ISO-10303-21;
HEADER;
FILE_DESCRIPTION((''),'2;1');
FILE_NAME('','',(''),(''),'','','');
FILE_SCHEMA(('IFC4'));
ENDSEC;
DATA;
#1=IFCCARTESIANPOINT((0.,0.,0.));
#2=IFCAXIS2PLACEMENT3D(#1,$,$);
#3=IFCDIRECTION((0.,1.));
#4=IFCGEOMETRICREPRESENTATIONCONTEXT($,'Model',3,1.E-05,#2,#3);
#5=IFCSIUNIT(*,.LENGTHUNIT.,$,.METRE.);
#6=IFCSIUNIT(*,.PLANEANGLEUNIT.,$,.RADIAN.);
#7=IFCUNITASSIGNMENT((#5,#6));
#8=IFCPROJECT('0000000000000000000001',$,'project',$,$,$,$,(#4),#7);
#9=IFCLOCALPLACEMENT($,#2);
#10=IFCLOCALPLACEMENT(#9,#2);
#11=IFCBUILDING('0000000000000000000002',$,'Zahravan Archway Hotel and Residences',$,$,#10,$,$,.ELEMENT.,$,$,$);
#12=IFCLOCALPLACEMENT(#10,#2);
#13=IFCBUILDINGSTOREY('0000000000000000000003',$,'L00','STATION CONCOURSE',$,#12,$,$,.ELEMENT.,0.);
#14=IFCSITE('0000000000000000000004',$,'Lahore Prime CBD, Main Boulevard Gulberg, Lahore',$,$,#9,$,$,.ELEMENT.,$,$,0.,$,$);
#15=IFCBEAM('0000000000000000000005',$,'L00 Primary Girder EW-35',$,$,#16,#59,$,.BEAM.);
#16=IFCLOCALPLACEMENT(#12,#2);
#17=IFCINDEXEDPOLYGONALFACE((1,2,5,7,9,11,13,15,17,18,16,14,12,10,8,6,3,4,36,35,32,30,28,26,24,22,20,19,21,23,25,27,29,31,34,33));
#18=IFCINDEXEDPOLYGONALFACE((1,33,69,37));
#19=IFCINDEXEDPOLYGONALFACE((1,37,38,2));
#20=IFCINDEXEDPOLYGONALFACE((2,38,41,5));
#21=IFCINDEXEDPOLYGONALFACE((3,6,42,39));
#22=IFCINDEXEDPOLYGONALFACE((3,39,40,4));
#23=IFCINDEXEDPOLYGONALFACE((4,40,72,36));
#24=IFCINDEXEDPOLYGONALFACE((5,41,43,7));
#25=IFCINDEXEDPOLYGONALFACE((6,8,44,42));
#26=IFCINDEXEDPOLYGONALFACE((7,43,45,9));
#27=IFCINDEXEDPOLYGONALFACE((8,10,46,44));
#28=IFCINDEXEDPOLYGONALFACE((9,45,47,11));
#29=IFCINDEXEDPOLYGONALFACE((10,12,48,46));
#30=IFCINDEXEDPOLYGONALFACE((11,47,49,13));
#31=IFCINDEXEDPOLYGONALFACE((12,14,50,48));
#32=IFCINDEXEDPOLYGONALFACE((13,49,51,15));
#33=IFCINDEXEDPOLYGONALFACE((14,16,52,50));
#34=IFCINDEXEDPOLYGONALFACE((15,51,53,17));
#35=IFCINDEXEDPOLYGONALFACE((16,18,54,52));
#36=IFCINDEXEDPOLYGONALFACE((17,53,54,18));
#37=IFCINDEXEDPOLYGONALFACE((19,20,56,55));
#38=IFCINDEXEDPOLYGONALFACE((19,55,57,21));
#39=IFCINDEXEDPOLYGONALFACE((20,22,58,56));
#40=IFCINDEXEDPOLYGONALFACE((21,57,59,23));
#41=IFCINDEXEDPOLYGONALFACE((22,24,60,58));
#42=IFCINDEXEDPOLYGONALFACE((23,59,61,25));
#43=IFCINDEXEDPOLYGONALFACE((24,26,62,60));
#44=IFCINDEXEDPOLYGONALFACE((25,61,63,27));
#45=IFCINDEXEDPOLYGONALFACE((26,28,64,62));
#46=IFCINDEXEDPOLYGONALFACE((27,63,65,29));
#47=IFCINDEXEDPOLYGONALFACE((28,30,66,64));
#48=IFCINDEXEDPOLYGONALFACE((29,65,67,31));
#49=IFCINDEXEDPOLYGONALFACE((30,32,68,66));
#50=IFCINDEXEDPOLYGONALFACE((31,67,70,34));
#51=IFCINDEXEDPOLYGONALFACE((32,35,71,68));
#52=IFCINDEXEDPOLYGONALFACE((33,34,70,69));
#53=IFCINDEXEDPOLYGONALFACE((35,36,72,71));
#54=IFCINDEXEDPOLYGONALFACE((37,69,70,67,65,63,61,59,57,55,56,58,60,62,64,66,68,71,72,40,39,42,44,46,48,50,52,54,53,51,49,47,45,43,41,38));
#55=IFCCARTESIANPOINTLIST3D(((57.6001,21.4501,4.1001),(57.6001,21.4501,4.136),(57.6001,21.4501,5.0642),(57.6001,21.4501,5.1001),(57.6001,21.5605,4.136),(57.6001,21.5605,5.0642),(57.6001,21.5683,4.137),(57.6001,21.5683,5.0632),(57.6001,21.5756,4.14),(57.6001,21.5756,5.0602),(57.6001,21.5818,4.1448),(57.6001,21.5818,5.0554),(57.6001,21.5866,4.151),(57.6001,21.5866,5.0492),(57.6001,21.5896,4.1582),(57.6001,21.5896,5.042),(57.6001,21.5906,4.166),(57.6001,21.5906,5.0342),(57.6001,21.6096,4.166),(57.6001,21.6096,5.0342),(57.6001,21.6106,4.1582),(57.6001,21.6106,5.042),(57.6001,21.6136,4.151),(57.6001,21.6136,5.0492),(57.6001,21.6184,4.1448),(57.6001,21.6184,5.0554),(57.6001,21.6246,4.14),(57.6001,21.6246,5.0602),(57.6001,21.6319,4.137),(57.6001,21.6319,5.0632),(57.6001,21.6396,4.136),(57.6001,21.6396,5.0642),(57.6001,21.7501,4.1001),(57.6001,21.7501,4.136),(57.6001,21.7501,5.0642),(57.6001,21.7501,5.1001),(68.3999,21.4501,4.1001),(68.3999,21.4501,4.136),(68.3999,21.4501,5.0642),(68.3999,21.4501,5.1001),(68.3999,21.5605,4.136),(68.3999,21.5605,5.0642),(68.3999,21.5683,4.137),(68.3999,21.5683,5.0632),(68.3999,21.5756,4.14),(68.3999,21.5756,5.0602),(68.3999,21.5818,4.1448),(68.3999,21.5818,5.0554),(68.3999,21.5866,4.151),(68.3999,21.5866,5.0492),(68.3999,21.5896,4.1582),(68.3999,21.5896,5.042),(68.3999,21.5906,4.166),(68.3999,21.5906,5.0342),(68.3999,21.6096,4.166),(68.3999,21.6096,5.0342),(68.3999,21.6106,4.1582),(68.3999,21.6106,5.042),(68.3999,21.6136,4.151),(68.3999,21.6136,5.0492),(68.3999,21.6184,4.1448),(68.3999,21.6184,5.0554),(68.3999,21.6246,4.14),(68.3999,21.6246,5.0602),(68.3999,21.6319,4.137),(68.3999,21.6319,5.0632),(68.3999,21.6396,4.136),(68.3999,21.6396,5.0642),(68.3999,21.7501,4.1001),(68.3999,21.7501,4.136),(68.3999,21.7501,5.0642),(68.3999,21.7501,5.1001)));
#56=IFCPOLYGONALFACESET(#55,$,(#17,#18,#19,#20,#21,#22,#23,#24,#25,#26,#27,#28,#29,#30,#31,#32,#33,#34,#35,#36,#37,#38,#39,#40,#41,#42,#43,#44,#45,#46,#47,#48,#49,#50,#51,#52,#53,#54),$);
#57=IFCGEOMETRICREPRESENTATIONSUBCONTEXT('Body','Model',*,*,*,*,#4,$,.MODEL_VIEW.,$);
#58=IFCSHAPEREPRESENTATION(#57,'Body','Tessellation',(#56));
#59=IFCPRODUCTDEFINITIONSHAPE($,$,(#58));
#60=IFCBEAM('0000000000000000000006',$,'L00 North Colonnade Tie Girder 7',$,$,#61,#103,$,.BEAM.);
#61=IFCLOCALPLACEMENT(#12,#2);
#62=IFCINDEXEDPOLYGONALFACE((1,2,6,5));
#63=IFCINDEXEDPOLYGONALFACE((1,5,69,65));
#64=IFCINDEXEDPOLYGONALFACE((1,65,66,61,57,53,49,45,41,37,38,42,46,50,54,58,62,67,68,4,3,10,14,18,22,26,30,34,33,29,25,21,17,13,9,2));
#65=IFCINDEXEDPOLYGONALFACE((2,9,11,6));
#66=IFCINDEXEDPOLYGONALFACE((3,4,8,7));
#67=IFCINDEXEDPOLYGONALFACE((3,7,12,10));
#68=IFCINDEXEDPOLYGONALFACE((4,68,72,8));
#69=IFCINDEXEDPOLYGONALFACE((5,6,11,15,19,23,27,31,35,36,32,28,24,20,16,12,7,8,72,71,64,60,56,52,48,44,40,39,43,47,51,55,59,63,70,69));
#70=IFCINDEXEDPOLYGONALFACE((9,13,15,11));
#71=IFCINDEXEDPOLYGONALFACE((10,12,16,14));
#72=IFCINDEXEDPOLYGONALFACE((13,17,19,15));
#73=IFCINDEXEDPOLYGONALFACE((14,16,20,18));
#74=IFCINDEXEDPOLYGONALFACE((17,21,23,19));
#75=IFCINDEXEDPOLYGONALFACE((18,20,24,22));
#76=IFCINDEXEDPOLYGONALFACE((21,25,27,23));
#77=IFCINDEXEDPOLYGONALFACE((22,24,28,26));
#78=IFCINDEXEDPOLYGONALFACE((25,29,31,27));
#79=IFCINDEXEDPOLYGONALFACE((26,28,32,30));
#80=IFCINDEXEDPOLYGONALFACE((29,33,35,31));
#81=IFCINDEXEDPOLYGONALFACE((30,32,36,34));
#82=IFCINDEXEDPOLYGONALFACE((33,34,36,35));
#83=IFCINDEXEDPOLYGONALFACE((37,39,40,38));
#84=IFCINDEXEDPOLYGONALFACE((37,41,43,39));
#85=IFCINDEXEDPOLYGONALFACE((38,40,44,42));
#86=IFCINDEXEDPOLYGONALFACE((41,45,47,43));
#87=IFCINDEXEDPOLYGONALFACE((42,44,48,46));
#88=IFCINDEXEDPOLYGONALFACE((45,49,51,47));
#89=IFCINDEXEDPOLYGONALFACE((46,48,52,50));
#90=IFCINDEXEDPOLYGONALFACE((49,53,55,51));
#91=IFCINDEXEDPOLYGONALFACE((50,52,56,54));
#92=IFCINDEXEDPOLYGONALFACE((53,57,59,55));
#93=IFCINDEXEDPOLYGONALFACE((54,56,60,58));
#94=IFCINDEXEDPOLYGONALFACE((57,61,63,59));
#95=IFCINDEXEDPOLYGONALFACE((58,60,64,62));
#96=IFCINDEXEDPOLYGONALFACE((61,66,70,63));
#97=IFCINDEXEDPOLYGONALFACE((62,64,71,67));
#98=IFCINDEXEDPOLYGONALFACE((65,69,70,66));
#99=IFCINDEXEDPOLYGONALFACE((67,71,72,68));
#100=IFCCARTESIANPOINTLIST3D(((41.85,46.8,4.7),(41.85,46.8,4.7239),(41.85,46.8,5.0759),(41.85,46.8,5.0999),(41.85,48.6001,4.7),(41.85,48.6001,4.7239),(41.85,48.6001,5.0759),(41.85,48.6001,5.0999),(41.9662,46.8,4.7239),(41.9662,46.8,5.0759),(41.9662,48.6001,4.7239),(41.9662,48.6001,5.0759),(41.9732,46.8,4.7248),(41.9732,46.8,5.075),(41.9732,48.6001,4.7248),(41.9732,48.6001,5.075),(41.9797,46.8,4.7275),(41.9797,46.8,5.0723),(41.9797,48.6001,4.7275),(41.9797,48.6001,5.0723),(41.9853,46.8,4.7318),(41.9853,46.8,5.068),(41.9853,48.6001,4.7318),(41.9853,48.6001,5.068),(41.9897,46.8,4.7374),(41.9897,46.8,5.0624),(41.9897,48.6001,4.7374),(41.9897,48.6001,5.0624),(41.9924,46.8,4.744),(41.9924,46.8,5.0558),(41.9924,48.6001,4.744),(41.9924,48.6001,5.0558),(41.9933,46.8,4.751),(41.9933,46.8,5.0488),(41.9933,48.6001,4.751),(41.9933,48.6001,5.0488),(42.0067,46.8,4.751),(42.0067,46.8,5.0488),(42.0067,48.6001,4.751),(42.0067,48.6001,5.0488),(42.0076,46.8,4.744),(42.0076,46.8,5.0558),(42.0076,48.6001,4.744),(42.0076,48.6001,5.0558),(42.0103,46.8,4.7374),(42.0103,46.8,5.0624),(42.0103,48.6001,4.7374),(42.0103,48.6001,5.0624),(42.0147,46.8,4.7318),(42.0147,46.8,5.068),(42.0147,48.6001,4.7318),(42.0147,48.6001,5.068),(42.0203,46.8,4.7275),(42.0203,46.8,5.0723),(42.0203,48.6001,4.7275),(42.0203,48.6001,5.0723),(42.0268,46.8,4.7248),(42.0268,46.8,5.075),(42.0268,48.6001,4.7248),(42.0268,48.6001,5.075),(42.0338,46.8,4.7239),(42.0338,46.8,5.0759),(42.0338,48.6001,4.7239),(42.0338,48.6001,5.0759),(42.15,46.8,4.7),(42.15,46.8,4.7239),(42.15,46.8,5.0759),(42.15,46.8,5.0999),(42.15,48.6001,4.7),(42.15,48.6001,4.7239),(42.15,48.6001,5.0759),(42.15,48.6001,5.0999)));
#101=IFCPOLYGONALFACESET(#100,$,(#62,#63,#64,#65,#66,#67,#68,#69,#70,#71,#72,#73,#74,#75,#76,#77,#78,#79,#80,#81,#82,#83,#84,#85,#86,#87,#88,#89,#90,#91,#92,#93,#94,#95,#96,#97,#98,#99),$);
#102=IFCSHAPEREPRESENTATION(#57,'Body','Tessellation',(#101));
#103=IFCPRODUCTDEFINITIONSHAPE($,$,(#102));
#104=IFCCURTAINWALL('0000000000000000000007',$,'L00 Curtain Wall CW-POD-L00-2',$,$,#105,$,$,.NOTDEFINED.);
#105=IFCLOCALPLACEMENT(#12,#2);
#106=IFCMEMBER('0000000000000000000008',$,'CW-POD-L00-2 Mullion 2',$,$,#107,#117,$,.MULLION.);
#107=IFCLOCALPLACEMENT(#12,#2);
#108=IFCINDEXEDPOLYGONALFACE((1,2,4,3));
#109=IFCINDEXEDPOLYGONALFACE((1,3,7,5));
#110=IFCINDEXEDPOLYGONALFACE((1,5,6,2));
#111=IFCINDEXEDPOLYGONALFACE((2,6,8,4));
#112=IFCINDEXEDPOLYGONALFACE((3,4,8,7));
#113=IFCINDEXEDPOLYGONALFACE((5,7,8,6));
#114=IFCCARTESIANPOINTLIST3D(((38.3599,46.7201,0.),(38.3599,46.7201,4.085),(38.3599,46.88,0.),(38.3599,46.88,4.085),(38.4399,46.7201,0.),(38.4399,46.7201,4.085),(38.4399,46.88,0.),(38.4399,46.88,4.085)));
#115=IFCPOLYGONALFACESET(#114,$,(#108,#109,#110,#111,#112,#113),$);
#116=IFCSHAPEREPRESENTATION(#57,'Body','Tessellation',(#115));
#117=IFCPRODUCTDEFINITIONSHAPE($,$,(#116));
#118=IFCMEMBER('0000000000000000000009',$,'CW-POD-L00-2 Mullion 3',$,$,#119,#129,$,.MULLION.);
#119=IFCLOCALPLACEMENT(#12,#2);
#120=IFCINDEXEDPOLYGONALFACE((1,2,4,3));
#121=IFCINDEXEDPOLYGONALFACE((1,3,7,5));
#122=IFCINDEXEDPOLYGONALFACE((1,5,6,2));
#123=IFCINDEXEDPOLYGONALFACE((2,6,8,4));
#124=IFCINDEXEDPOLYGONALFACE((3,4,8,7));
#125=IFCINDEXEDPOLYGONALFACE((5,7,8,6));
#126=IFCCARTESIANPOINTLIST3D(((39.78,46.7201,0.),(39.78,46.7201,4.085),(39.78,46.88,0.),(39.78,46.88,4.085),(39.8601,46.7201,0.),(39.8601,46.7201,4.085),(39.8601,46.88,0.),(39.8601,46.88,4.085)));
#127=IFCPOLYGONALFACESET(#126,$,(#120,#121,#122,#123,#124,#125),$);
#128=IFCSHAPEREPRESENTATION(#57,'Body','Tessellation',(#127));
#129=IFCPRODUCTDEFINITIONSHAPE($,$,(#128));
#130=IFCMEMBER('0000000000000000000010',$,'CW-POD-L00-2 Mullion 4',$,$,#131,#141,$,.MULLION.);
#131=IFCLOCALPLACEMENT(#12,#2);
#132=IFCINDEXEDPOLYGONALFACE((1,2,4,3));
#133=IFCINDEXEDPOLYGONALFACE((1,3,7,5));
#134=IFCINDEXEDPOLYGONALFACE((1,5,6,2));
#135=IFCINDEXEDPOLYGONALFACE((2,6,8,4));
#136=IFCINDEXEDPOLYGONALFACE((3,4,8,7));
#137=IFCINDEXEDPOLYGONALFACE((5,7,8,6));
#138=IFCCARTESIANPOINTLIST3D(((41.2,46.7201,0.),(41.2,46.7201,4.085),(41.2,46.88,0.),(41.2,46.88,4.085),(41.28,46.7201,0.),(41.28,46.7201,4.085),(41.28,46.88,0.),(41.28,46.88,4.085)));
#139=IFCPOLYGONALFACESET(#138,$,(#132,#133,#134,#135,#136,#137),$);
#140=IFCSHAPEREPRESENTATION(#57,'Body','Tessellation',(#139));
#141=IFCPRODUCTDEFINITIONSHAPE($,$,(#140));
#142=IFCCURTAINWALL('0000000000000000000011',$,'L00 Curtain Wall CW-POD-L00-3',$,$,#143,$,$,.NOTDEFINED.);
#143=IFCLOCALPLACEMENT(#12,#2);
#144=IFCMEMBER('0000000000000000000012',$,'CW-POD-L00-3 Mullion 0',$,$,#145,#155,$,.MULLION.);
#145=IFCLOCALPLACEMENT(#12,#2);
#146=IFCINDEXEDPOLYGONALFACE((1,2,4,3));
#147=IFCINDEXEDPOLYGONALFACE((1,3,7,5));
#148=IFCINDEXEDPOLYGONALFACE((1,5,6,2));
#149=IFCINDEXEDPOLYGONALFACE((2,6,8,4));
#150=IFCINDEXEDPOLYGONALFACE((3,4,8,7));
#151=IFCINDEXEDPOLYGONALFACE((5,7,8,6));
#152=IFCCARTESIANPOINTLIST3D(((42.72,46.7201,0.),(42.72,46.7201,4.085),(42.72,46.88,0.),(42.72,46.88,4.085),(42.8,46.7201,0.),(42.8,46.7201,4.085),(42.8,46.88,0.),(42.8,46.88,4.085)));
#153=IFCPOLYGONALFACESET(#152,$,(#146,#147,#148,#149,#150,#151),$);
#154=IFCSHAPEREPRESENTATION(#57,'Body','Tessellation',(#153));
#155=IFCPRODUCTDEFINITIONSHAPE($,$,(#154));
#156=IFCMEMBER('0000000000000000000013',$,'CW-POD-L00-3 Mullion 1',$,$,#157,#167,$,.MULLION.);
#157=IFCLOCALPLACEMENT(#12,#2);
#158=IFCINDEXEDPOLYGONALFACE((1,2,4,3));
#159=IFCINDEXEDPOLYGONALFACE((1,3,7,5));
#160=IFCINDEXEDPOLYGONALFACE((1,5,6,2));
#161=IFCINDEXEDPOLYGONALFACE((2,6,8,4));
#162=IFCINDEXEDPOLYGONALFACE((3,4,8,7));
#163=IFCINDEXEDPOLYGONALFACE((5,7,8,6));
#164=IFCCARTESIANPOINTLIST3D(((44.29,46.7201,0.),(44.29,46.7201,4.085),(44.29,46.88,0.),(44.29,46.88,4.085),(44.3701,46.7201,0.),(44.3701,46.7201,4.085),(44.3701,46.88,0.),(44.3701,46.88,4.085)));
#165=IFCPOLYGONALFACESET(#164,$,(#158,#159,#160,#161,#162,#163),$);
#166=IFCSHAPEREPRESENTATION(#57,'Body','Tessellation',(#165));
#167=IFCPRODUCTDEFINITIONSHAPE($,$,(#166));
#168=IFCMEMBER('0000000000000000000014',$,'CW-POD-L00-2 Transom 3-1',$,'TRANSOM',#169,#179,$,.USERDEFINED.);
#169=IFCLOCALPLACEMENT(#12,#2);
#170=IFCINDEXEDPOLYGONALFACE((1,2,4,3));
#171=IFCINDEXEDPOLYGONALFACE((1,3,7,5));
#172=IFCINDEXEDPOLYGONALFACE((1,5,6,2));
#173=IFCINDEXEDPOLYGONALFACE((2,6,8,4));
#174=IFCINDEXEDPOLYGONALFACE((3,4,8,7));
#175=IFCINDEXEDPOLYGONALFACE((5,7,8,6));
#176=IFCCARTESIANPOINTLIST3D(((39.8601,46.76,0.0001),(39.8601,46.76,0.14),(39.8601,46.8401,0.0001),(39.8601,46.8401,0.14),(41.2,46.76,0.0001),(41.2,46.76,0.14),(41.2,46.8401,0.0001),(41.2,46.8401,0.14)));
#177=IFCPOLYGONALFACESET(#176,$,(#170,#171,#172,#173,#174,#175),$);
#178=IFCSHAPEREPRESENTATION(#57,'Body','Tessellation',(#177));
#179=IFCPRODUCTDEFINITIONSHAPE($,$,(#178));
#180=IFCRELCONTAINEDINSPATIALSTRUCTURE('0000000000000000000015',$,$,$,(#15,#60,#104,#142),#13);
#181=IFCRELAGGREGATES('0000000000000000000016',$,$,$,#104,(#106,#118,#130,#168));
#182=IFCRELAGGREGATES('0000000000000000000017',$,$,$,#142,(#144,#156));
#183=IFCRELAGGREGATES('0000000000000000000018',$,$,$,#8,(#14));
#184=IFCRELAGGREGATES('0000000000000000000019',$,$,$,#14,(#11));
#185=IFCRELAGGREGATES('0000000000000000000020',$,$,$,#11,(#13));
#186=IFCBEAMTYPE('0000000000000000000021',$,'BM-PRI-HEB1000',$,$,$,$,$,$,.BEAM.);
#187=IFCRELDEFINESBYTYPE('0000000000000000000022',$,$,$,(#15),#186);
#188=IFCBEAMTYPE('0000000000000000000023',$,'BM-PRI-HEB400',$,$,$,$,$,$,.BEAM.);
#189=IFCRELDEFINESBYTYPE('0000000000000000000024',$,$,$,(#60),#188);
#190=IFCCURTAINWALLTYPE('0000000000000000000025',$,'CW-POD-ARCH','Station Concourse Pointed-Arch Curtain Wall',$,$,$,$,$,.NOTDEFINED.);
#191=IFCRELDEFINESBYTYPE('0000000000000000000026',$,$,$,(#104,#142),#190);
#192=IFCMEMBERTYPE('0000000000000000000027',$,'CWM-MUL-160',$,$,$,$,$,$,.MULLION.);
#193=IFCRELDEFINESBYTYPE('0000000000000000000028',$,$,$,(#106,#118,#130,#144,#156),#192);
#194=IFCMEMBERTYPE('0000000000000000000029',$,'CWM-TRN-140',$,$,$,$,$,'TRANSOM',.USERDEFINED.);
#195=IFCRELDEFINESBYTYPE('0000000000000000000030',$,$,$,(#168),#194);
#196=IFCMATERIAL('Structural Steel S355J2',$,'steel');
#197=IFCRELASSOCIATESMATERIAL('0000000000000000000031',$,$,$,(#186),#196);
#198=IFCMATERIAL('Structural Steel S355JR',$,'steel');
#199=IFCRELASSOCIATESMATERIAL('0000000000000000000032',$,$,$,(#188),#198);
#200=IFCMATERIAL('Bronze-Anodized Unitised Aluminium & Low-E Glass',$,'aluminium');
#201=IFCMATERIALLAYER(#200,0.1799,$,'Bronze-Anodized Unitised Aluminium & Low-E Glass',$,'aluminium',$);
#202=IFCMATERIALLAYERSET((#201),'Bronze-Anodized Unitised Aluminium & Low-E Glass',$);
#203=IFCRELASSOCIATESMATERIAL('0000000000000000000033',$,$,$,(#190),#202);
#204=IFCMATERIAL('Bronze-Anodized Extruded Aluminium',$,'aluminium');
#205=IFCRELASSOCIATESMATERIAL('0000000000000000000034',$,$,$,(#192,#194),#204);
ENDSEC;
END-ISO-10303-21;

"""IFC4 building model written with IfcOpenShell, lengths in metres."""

from ifc_helpers import new_model, si_unit, direction, frame, origin, origin_2d, place, context, subcontext, project, spatial, rectangle, i_section, extrude, source, transform, mapped, material, layer, layer_set, material_profile, profile_set, type_object, type_shapes, element, aggregate, save


model = new_model("IFC4")

# Units and contexts
model_context = context("Model", 3, precision=1e-05, world=origin(), true_north=direction((0.0, 1.0)))
body_context = subcontext(model_context, "Body", "Model", "MODEL_VIEW")
ifc_project = project(units=[si_unit("LENGTHUNIT", "METRE"), si_unit("PLANEANGLEUNIT", "RADIAN")], contexts=[model_context])

# Site, building, storey
site_placement = place(None, origin())
site = spatial("IfcSite", under=ifc_project, at=site_placement, Name="Lahore Prime CBD, Main Boulevard Gulberg, Lahore", CompositionType="ELEMENT", RefElevation=0.0)
building_placement = place(site_placement, origin())
building = spatial("IfcBuilding", under=site, at=building_placement, Name="Zahravan Archway Hotel and Residences", CompositionType="ELEMENT")
storey_placement = place(building_placement, origin())
storey = spatial("IfcBuildingStorey", under=building, at=storey_placement, Name="L00", Description="STATION CONCOURSE", CompositionType="ELEMENT", Elevation=0.0)

# Beams
ifc_material_1 = material(Name="Structural Steel S355J2", Category="steel")
ifc_material_profile_1 = material_profile(ifc_material_1, i_section(OverallWidth=0.3, OverallDepth=1.0, WebThickness=0.019, FlangeThickness=0.0359, FilletRadius=0.03, at=origin_2d()), Name="HEB 1000", Category="steel")
ifc_profile_set_1 = profile_set([ifc_material_profile_1], Name="Structural Steel S355J2")
beam_type_1 = type_object("IfcBeamType", Name="BM-PRI-HEB1000", PredefinedType="BEAM", material=ifc_profile_set_1)
shared_shape_1 = source(origin(), body_context, "Body", "SweptSolid", [
    extrude(i_section(OverallWidth=0.3, OverallDepth=1.0, WebThickness=0.019, FlangeThickness=0.0359, FilletRadius=0.03, at=origin_2d()), origin(), (0.0, 0.0, 1.0), 10.7998),
])
beam_1_placement = place(storey_placement, frame((57.6001, 21.6001, 4.6001), z_axis=(1.0, 0.0, 0.0), x_axis=(0.0, 1.0, 0.0)))
element("IfcBeam", 1, at=beam_1_placement, inside=storey, type_object=beam_type_1, Name="L00 Primary Girder EW-35", PredefinedType="BEAM", context=body_context, shape_type="MappedRepresentation", body=[
    mapped(shared_shape_1, transform((0.0, 0.0, 0.0), scale=1.0)),
])
ifc_material_2 = material(Name="Structural Steel S355JR", Category="steel")
ifc_material_profile_2 = material_profile(ifc_material_2, i_section(OverallWidth=0.3, OverallDepth=0.3999, WebThickness=0.0134, FlangeThickness=0.0239, FilletRadius=0.0271, at=origin_2d()), Name="HEB 400", Category="steel")
ifc_profile_set_2 = profile_set([ifc_material_profile_2], Name="Structural Steel S355JR")
beam_type_2 = type_object("IfcBeamType", Name="BM-PRI-HEB400", PredefinedType="BEAM", material=ifc_profile_set_2)
shared_shape_2 = source(origin(), body_context, "Body", "SweptSolid", [
    extrude(i_section(OverallWidth=0.3, OverallDepth=0.3999, WebThickness=0.0134, FlangeThickness=0.0239, FilletRadius=0.0271, at=origin_2d()), origin(), (0.0, 0.0, 1.0), 1.8),
])
beam_2_placement = place(storey_placement, frame((42.0, 46.8, 4.8999), z_axis=(0.0, 1.0, 0.0), x_axis=(-1.0, 0.0, 0.0)))
element("IfcBeam", 2, at=beam_2_placement, inside=storey, type_object=beam_type_2, Name="L00 North Colonnade Tie Girder 7", PredefinedType="BEAM", context=body_context, shape_type="MappedRepresentation", body=[
    mapped(shared_shape_2, transform((0.0, 0.0, 0.0), scale=1.0)),
])

# Curtain walls, members
ifc_material_3 = material(Name="Bronze-Anodized Unitised Aluminium & Low-E Glass", Category="aluminium")
ifc_layer_1 = layer(ifc_material_3, 0.1799, Name="Bronze-Anodized Unitised Aluminium & Low-E Glass", Category="aluminium")
ifc_layer_set_1 = layer_set([ifc_layer_1], Name="Bronze-Anodized Unitised Aluminium & Low-E Glass")
curtain_wall_type = type_object("IfcCurtainWallType", Name="CW-POD-ARCH", Description="Station Concourse Pointed-Arch Curtain Wall", PredefinedType="NOTDEFINED", material=ifc_layer_set_1)
curtain_wall_1_placement = place(storey_placement, origin())
curtain_wall_1 = element("IfcCurtainWall", 3, at=curtain_wall_1_placement, inside=storey, type_object=curtain_wall_type, Name="L00 Curtain Wall CW-POD-L00-2", PredefinedType="NOTDEFINED")
ifc_material_4 = material(Name="Bronze-Anodized Extruded Aluminium", Category="aluminium")
ifc_material_profile_3 = material_profile(ifc_material_4, rectangle(XDim=0.0801, YDim=0.1599, at=origin_2d()), Name="MUL 80x160", Category="aluminium")
ifc_profile_set_3 = profile_set([ifc_material_profile_3], Name="Bronze-Anodized Extruded Aluminium")
member_type_1 = type_object("IfcMemberType", Name="CWM-MUL-160", PredefinedType="MULLION", material=ifc_profile_set_3)
shared_shape_3 = source(origin(), body_context, "Body", "SweptSolid", [
    extrude(rectangle(XDim=0.0801, YDim=0.1599, at=origin_2d()), origin(), (0.0, 0.0, 1.0), 4.085),
])
type_shapes(member_type_1, [shared_shape_3])
member_1_placement = place(storey_placement, frame((38.3999, 46.8, 0.0), z_axis=(0.0, 0.0, 1.0), x_axis=(1.0, 0.0, 0.0)))
member_1 = element("IfcMember", 4, at=member_1_placement, type_object=member_type_1, Name="CW-POD-L00-2 Mullion 2", PredefinedType="MULLION", context=body_context, shape_type="MappedRepresentation", body=[
    mapped(shared_shape_3, transform((0.0, 0.0, 0.0), scale=1.0)),
])
member_2_placement = place(storey_placement, frame((39.8201, 46.8, 0.0), z_axis=(0.0, 0.0, 1.0), x_axis=(1.0, 0.0, 0.0)))
member_2 = element("IfcMember", 5, at=member_2_placement, type_object=member_type_1, Name="CW-POD-L00-2 Mullion 3", PredefinedType="MULLION", context=body_context, shape_type="MappedRepresentation", body=[
    mapped(shared_shape_3, transform((0.0, 0.0, 0.0), scale=1.0)),
])
member_3_placement = place(storey_placement, frame((41.24, 46.8, 0.0), z_axis=(0.0, 0.0, 1.0), x_axis=(1.0, 0.0, 0.0)))
member_3 = element("IfcMember", 6, at=member_3_placement, type_object=member_type_1, Name="CW-POD-L00-2 Mullion 4", PredefinedType="MULLION", context=body_context, shape_type="MappedRepresentation", body=[
    mapped(shared_shape_3, transform((0.0, 0.0, 0.0), scale=1.0)),
])
curtain_wall_2_placement = place(storey_placement, origin())
curtain_wall_2 = element("IfcCurtainWall", 7, at=curtain_wall_2_placement, inside=storey, type_object=curtain_wall_type, Name="L00 Curtain Wall CW-POD-L00-3", PredefinedType="NOTDEFINED")
member_4_placement = place(storey_placement, frame((42.76, 46.8, 0.0), z_axis=(0.0, 0.0, 1.0), x_axis=(1.0, 0.0, 0.0)))
member_4 = element("IfcMember", 8, at=member_4_placement, type_object=member_type_1, Name="CW-POD-L00-3 Mullion 0", PredefinedType="MULLION", context=body_context, shape_type="MappedRepresentation", body=[
    mapped(shared_shape_3, transform((0.0, 0.0, 0.0), scale=1.0)),
])
member_5_placement = place(storey_placement, frame((44.3301, 46.8, 0.0), z_axis=(0.0, 0.0, 1.0), x_axis=(1.0, 0.0, 0.0)))
member_5 = element("IfcMember", 9, at=member_5_placement, type_object=member_type_1, Name="CW-POD-L00-3 Mullion 1", PredefinedType="MULLION", context=body_context, shape_type="MappedRepresentation", body=[
    mapped(shared_shape_3, transform((0.0, 0.0, 0.0), scale=1.0)),
])

# Member
ifc_material_profile_4 = material_profile(ifc_material_4, rectangle(XDim=0.0801, YDim=0.1399, at=origin_2d()), Name="TRN 80x140", Category="aluminium")
ifc_profile_set_4 = profile_set([ifc_material_profile_4], Name="Bronze-Anodized Extruded Aluminium")
member_type_2 = type_object("IfcMemberType", Name="CWM-TRN-140", ElementType="TRANSOM", PredefinedType="USERDEFINED", material=ifc_profile_set_4)
shared_shape_4 = source(origin(), body_context, "Body", "SweptSolid", [
    extrude(rectangle(XDim=0.0801, YDim=0.1399, at=origin_2d()), origin(), (0.0, 0.0, 1.0), 1.3398),
])
member_6_placement = place(storey_placement, frame((39.8601, 46.8, 0.0701), z_axis=(1.0, 0.0, 0.0), x_axis=(0.0, 1.0, 0.0)))
member_6 = element("IfcMember", 10, at=member_6_placement, type_object=member_type_2, Name="CW-POD-L00-2 Transom 3-1", ObjectType="TRANSOM", PredefinedType="USERDEFINED", context=body_context, shape_type="MappedRepresentation", body=[
    mapped(shared_shape_4, transform((0.0, 0.0, 0.0), scale=1.0)),
])

aggregate(curtain_wall_1, [member_1, member_2, member_3, member_6])
aggregate(curtain_wall_2, [member_4, member_5])

save(model, "model.ifc")
